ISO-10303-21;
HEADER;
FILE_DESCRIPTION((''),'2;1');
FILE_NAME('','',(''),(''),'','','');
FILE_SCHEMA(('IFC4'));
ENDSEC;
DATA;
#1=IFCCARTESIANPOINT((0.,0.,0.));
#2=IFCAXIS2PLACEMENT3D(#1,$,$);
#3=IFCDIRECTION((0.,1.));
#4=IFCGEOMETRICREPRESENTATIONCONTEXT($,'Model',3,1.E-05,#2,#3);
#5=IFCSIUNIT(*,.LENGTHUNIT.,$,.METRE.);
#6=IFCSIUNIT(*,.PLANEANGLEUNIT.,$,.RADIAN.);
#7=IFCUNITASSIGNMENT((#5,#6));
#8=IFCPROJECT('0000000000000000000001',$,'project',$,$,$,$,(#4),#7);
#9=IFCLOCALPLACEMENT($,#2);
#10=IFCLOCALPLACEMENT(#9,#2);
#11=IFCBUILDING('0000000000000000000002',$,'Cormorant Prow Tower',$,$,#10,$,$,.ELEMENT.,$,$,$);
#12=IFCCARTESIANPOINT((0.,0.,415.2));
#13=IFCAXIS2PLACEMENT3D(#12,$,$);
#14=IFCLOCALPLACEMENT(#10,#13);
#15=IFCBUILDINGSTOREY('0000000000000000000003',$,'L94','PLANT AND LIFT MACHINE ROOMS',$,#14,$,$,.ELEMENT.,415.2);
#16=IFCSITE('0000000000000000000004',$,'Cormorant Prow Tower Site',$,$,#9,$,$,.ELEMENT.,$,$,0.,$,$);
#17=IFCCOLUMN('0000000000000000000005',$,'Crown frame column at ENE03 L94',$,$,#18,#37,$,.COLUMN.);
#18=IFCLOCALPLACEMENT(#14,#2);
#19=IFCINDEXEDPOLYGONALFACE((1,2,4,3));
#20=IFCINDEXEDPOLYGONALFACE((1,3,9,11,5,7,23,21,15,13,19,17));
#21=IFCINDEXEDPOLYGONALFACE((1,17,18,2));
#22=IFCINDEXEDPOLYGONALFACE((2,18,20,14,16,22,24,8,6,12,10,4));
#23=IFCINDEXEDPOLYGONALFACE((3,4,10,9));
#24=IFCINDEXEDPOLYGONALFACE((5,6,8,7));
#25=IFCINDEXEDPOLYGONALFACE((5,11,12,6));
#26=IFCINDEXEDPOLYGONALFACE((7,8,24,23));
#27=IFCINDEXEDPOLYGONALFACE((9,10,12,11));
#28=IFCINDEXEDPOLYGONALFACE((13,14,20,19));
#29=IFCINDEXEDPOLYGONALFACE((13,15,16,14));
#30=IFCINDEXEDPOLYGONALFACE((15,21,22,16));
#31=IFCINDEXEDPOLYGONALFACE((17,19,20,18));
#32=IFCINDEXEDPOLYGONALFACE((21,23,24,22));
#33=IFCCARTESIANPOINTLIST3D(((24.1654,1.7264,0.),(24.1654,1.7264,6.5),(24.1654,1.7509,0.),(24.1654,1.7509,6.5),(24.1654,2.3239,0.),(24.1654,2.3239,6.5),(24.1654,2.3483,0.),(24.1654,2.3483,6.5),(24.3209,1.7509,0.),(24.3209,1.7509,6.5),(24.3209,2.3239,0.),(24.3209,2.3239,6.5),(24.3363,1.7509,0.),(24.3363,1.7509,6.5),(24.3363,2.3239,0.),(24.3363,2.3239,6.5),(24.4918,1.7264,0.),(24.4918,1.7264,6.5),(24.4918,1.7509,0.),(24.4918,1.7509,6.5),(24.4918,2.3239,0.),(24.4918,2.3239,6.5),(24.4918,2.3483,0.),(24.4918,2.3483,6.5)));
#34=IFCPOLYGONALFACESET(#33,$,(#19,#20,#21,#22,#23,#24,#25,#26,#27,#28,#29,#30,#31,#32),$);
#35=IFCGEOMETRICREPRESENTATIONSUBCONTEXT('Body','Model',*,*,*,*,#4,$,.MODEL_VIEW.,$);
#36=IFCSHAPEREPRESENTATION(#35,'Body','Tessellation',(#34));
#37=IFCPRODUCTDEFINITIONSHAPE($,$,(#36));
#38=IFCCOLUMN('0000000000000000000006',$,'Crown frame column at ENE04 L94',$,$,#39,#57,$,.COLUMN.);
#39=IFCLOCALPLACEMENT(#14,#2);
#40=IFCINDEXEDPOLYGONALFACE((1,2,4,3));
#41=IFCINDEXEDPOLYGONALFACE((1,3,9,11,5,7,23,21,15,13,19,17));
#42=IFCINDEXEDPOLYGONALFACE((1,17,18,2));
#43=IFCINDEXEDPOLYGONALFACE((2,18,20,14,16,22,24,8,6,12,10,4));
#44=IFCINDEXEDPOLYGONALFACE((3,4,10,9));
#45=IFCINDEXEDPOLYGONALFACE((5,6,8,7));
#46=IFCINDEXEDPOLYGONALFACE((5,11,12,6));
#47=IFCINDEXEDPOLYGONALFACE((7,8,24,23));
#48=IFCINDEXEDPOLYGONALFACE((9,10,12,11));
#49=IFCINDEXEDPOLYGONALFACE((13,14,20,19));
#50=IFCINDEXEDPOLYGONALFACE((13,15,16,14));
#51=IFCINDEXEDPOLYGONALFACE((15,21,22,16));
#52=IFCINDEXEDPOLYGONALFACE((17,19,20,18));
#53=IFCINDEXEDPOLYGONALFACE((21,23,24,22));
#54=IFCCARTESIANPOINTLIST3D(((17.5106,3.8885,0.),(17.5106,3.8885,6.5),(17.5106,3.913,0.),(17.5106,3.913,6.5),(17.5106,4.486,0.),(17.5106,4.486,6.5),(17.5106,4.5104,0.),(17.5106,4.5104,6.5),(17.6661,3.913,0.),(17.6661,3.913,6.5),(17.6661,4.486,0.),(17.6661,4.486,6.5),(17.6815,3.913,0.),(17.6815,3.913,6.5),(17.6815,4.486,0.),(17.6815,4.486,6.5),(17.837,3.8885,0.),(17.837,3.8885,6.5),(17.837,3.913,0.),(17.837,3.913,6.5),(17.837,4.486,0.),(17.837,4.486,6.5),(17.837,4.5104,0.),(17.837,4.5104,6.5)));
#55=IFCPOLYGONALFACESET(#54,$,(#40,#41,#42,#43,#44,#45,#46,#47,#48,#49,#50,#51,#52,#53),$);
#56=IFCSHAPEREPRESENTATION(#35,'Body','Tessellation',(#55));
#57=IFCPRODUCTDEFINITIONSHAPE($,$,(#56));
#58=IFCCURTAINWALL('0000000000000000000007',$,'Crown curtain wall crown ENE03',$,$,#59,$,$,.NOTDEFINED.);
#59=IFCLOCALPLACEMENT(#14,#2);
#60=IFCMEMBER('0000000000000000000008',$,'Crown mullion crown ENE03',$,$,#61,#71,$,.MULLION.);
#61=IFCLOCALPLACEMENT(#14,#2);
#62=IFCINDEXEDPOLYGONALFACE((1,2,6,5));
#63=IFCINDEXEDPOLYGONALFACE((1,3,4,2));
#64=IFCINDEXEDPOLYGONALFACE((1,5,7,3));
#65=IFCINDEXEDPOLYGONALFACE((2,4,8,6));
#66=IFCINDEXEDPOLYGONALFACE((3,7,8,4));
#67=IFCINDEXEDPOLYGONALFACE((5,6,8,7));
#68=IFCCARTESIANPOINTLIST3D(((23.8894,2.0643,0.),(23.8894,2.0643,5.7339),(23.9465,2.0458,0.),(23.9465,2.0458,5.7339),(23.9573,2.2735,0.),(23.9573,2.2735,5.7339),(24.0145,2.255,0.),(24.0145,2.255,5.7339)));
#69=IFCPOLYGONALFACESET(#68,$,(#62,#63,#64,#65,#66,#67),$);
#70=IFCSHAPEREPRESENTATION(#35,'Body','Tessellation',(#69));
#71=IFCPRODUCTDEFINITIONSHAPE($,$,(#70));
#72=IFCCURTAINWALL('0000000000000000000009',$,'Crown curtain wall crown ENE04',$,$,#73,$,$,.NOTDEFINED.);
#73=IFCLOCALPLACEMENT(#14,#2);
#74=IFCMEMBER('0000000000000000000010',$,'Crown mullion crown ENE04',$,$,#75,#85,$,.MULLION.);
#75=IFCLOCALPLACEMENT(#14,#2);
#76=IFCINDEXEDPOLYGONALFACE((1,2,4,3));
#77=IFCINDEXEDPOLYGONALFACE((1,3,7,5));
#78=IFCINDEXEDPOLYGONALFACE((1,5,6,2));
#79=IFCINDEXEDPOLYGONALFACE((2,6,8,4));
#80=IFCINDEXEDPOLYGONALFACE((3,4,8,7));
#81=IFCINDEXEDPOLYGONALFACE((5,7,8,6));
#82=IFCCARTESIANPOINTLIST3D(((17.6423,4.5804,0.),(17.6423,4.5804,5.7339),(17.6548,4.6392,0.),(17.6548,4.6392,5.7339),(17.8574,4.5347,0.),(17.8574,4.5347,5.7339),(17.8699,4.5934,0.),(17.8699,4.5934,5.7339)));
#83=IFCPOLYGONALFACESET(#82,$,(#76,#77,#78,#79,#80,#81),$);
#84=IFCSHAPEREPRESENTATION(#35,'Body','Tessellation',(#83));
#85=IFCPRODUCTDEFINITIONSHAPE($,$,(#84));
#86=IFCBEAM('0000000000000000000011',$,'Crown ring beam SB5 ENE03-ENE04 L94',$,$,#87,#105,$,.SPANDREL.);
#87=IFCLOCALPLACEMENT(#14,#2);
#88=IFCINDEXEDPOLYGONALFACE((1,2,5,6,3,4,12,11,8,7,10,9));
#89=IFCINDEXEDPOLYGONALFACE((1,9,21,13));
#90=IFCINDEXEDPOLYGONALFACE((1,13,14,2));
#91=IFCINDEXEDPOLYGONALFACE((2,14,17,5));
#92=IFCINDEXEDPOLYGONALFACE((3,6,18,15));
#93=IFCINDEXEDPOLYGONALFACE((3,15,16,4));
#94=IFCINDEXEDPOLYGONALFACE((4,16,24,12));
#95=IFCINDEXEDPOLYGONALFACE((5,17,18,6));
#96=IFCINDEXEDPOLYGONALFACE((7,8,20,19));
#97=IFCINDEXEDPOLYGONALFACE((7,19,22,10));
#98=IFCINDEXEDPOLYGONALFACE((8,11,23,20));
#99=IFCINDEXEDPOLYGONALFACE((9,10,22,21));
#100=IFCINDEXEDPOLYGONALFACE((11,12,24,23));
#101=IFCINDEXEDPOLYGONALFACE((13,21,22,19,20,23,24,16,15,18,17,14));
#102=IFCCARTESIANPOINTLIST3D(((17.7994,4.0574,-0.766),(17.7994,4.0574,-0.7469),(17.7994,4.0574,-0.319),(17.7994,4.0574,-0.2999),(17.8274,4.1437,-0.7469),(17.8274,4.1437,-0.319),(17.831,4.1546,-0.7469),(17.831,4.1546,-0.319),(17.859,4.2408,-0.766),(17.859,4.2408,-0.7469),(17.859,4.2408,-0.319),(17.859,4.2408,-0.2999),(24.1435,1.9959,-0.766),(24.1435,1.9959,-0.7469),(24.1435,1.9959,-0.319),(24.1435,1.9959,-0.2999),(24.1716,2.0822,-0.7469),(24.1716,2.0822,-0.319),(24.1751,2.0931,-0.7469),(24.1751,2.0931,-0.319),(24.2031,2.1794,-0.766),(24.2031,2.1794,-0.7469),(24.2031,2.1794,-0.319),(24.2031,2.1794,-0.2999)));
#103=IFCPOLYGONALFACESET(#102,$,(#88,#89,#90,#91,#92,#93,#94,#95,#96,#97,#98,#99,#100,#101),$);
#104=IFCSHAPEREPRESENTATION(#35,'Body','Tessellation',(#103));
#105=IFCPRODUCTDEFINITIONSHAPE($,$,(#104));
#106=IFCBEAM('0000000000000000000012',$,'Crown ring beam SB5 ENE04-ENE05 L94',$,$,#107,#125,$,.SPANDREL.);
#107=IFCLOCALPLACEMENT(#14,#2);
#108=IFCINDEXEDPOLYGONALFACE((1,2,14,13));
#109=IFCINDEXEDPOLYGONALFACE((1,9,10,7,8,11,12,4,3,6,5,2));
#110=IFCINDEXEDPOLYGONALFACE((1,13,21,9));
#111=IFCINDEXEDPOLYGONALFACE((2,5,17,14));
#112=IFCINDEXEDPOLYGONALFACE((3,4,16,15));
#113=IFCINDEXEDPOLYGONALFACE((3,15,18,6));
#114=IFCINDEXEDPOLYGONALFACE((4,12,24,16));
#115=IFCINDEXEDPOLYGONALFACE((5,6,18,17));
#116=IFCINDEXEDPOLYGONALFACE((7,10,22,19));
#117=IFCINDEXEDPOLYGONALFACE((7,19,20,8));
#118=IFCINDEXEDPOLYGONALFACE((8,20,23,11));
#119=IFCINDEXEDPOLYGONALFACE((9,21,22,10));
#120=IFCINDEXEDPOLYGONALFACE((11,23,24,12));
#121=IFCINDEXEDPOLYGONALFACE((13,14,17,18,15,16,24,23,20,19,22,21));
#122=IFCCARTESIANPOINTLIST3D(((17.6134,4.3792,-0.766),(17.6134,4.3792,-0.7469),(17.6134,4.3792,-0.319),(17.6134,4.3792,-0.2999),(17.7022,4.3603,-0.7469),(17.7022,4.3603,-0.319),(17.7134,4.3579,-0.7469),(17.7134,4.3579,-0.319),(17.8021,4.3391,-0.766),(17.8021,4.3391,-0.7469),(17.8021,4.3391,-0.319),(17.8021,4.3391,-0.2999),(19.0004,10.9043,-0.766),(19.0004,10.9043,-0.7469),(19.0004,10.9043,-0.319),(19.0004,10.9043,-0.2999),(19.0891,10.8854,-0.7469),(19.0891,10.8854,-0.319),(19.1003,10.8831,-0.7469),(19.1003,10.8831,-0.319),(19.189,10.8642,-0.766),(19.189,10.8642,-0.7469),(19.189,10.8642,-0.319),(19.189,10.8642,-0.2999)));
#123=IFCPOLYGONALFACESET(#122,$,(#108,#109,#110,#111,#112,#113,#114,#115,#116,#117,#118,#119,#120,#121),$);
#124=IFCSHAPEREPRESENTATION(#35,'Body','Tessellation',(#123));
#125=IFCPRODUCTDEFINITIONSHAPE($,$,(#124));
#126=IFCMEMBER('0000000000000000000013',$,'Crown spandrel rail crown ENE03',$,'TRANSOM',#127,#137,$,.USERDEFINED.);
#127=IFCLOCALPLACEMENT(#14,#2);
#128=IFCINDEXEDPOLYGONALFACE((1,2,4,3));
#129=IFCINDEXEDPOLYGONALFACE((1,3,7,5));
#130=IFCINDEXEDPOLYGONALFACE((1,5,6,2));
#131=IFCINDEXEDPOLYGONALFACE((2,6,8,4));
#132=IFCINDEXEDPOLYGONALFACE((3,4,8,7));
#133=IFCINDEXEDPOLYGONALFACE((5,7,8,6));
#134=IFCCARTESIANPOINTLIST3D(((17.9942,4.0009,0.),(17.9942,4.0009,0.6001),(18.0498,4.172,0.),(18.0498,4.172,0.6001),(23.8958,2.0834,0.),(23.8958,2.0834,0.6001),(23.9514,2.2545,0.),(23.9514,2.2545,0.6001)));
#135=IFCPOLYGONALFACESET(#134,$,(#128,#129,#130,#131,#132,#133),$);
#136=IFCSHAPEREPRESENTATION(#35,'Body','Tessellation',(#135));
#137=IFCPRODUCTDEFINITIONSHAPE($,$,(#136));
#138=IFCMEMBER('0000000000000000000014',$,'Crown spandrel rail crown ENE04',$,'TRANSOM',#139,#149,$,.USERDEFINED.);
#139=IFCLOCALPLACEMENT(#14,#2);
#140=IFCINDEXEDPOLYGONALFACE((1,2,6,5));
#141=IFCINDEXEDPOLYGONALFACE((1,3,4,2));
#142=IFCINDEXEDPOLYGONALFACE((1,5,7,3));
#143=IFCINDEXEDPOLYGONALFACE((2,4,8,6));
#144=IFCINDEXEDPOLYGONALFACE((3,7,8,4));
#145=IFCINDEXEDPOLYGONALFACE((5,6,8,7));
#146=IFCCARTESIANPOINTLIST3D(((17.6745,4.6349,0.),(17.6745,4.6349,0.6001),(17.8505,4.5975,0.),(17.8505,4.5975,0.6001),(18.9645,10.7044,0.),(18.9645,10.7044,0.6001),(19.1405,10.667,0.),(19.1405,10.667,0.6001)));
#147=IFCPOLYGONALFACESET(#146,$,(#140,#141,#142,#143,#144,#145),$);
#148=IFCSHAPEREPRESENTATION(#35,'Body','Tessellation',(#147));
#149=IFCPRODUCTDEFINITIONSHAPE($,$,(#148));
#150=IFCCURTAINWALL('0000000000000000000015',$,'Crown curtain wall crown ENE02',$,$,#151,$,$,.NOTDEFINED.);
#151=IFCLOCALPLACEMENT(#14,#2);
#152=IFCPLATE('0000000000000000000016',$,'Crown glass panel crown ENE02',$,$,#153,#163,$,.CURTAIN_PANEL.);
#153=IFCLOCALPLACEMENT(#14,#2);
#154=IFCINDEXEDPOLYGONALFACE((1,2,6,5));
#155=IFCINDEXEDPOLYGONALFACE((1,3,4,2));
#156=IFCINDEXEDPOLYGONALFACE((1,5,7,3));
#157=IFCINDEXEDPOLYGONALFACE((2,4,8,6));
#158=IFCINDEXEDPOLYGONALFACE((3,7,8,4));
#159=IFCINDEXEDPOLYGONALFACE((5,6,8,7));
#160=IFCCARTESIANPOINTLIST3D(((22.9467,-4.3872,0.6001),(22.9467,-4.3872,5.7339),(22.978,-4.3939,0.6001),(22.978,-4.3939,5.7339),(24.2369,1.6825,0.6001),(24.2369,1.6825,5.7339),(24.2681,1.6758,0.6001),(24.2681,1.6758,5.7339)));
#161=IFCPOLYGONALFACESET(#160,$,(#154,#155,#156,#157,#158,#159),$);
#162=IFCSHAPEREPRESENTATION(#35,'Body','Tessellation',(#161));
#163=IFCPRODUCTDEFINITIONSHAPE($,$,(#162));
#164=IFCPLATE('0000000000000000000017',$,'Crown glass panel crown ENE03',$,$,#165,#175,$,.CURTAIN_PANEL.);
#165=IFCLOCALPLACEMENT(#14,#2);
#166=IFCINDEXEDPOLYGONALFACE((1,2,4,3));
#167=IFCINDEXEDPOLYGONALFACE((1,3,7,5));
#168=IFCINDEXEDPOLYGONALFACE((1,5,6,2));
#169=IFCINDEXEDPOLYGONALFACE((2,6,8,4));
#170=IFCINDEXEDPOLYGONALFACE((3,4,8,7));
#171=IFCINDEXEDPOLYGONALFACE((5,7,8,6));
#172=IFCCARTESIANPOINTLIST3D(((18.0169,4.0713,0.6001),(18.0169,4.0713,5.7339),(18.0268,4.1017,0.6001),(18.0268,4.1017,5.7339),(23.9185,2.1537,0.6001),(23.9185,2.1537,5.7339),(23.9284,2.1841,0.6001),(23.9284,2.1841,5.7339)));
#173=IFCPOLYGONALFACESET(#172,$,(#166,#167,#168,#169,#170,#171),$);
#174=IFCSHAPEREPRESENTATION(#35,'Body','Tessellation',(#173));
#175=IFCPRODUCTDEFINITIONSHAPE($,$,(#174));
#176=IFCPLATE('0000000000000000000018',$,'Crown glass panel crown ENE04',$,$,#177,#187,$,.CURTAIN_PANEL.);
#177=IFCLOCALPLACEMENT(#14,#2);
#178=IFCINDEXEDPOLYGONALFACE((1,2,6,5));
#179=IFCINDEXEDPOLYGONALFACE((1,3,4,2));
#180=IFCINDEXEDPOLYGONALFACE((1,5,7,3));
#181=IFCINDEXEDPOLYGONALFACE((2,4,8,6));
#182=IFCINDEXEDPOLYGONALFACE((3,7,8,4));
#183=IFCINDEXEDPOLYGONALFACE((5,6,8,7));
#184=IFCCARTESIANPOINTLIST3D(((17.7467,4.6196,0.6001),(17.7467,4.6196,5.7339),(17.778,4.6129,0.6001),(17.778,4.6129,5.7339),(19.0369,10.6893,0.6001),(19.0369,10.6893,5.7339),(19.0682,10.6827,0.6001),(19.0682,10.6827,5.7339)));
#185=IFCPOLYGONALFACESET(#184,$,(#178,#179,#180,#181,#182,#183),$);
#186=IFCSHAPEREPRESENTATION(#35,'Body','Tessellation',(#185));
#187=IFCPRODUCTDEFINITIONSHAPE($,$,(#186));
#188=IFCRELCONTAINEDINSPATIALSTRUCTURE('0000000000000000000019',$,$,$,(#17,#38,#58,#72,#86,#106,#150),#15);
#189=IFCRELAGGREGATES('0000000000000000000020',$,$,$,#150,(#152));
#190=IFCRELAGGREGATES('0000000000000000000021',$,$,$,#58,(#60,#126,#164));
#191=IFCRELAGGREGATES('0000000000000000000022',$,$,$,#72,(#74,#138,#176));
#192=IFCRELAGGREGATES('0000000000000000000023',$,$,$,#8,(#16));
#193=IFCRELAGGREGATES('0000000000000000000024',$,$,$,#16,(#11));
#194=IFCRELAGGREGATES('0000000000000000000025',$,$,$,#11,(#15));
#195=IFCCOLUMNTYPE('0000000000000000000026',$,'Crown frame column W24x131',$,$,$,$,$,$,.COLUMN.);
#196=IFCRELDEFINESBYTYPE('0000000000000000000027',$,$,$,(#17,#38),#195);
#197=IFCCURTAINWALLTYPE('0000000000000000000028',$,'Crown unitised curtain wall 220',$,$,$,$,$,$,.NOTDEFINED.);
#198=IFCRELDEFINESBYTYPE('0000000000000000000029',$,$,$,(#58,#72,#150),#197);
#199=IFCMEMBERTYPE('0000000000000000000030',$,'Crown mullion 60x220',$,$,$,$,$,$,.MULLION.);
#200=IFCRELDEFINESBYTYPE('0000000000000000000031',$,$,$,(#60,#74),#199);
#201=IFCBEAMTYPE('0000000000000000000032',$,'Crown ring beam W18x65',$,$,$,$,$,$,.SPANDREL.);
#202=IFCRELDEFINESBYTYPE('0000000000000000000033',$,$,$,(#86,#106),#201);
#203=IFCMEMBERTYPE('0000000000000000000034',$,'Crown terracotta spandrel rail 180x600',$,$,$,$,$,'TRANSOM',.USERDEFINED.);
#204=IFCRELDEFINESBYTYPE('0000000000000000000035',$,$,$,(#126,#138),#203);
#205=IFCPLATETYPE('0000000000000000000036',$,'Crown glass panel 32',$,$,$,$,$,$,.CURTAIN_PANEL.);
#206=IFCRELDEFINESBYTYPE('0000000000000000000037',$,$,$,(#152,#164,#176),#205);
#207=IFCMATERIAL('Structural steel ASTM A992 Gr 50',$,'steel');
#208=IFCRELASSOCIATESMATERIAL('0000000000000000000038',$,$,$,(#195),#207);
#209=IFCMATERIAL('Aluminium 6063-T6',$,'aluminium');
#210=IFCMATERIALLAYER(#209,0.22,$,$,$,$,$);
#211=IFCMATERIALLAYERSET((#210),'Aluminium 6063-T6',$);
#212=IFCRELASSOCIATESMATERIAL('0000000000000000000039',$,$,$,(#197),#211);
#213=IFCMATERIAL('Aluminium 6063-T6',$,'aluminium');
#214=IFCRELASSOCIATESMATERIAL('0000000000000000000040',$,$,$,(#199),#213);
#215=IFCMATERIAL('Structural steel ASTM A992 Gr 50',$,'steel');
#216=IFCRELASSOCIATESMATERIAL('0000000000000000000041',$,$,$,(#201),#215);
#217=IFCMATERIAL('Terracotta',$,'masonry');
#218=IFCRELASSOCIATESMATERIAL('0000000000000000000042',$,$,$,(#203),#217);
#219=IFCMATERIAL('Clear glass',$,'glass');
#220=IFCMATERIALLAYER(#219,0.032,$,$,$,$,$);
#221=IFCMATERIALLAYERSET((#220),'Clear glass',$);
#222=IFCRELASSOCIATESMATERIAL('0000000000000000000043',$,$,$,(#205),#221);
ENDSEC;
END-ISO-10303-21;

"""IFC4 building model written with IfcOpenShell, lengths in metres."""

from ifc_helpers import new_model, si_unit, direction, frame, origin, origin_2d, place, context, subcontext, project, spatial, rectangle, i_section, extrude, material, layer, layer_set, material_profile, profile_set, type_object, element, aggregate, save


model = new_model("IFC4")

# Units and contexts
model_context = context("Model", 3, precision=1e-05, world=origin(), true_north=direction((0.0, 1.0)))
body_context = subcontext(model_context, "Body", "Model", "MODEL_VIEW")
ifc_project = project(units=[si_unit("LENGTHUNIT", "METRE"), si_unit("PLANEANGLEUNIT", "RADIAN")], contexts=[model_context])

# Site, building, storey
site_placement = place(None, origin())
site = spatial("IfcSite", under=ifc_project, at=site_placement, Name="Cormorant Prow Tower Site", CompositionType="ELEMENT", RefElevation=0.0)
building_placement = place(site_placement, origin())
building = spatial("IfcBuilding", under=site, at=building_placement, Name="Cormorant Prow Tower", CompositionType="ELEMENT")
storey_placement = place(building_placement, frame((0.0, 0.0, 415.2)))
storey = spatial("IfcBuildingStorey", under=building, at=storey_placement, Name="L94", Description="PLANT AND LIFT MACHINE ROOMS", CompositionType="ELEMENT", Elevation=415.2)

# Columns
ifc_material_1 = material(Name="Structural steel ASTM A992 Gr 50", Category="steel")
ifc_material_profile_1 = material_profile(ifc_material_1, i_section(OverallWidth=0.3264, OverallDepth=0.6218, WebThickness=0.0154, FlangeThickness=0.0244, at=origin_2d()), Name="W24x131")
ifc_profile_set_1 = profile_set([ifc_material_profile_1], Name="Structural steel ASTM A992 Gr 50")
column_type = type_object("IfcColumnType", Name="Crown frame column W24x131", PredefinedType="COLUMN", material=ifc_profile_set_1)
for number, where, z_axis, x_axis, name in (
    (1, (24.3286, 2.0374, 0.0), (0.0, 0.0, 1.0), (1.0, 0.0, 0.0), "Crown frame column at ENE03 L94"),
    (2, (17.6738, 4.1995, 0.0), (0.0, 0.0, 1.0), (1.0, 0.0, 0.0), "Crown frame column at ENE04 L94"),
):
    element("IfcColumn", number, at=place(storey_placement, frame(where, z_axis=z_axis, x_axis=x_axis)), inside=storey, type_object=column_type, Name=name, PredefinedType="COLUMN", context=body_context, shape_type="SweptSolid", body=[
        extrude(i_section(OverallWidth=0.3264, OverallDepth=0.6218, WebThickness=0.0154, FlangeThickness=0.0244, at=origin_2d()), origin(), (0.0, 0.0, 1.0), 6.5),
    ])

# Curtain walls, members
ifc_material_2 = material(Name="Aluminium 6063-T6", Category="aluminium")
ifc_layer_1 = layer(ifc_material_2, 0.22)
ifc_layer_set_1 = layer_set([ifc_layer_1], Name="Aluminium 6063-T6")
curtain_wall_type = type_object("IfcCurtainWallType", Name="Crown unitised curtain wall 220", PredefinedType="NOTDEFINED", material=ifc_layer_set_1)
curtain_wall_1_placement = place(storey_placement, origin())
curtain_wall_1 = element("IfcCurtainWall", 3, at=curtain_wall_1_placement, inside=storey, type_object=curtain_wall_type, Name="Crown curtain wall crown ENE03", PredefinedType="NOTDEFINED")
ifc_material_3 = material(Name="Aluminium 6063-T6", Category="aluminium")
ifc_material_profile_2 = material_profile(ifc_material_3, rectangle(XDim=0.22, YDim=0.0601, at=origin_2d()), Name="Crown mullion 60x220")
ifc_profile_set_2 = profile_set([ifc_material_profile_2], Name="Aluminium 6063-T6")
member_type_1 = type_object("IfcMemberType", Name="Crown mullion 60x220", PredefinedType="MULLION", material=ifc_profile_set_2)
member_1_placement = place(storey_placement, frame((23.9519, 2.1597, 0.0), z_axis=(0.0, 0.0, 1.0), x_axis=(-0.309017, -0.951056, 0.0)))
member_1 = element("IfcMember", 4, at=member_1_placement, type_object=member_type_1, Name="Crown mullion crown ENE03", PredefinedType="MULLION", context=body_context, shape_type="SweptSolid", body=[
    extrude(rectangle(XDim=0.22, YDim=0.0601, at=origin_2d()), origin(), (0.0, 0.0, 1.0), 5.7339),
])
curtain_wall_2_placement = place(storey_placement, origin())
curtain_wall_2 = element("IfcCurtainWall", 5, at=curtain_wall_2_placement, inside=storey, type_object=curtain_wall_type, Name="Crown curtain wall crown ENE04", PredefinedType="NOTDEFINED")
member_2_placement = place(storey_placement, frame((17.7561, 4.5869, 0.0), z_axis=(0.0, 0.0, 1.0), x_axis=(-0.978148, 0.207912, 0.0)))
member_2 = element("IfcMember", 6, at=member_2_placement, type_object=member_type_1, Name="Crown mullion crown ENE04", PredefinedType="MULLION", context=body_context, shape_type="SweptSolid", body=[
    extrude(rectangle(XDim=0.22, YDim=0.0601, at=origin_2d()), origin(), (0.0, 0.0, 1.0), 5.7339),
])

# Beams
ifc_material_4 = material(Name="Structural steel ASTM A992 Gr 50", Category="steel")
ifc_material_profile_3 = material_profile(ifc_material_4, i_section(OverallWidth=0.1929, OverallDepth=0.4661, WebThickness=0.0115, FlangeThickness=0.019, at=origin_2d()), Name="W18x65")
ifc_profile_set_3 = profile_set([ifc_material_profile_3], Name="Structural steel ASTM A992 Gr 50")
beam_type = type_object("IfcBeamType", Name="Crown ring beam W18x65", PredefinedType="SPANDREL", material=ifc_profile_set_3)
beam_1_placement = place(storey_placement, frame((24.1733, 2.0876, -0.533), z_axis=(-0.95105, 0.309038, 0.0), x_axis=(-0.309038, -0.95105, 0.0)))
element("IfcBeam", 7, at=beam_1_placement, inside=storey, type_object=beam_type, Name="Crown ring beam SB5 ENE03-ENE04 L94", PredefinedType="SPANDREL", context=body_context, shape_type="SweptSolid", body=[
    extrude(i_section(OverallWidth=0.1929, OverallDepth=0.4661, WebThickness=0.0115, FlangeThickness=0.019, at=origin_2d()), origin(), (0.0, 0.0, 1.0), 6.6707),
])
beam_2_placement = place(storey_placement, frame((17.7078, 4.3591, -0.533), z_axis=(0.207912, 0.978148, 0.0), x_axis=(-0.978148, 0.207912, 0.0)))
element("IfcBeam", 8, at=beam_2_placement, inside=storey, type_object=beam_type, Name="Crown ring beam SB5 ENE04-ENE05 L94", PredefinedType="SPANDREL", context=body_context, shape_type="SweptSolid", body=[
    extrude(i_section(OverallWidth=0.1929, OverallDepth=0.4661, WebThickness=0.0115, FlangeThickness=0.019, at=origin_2d()), origin(), (0.0, 0.0, 1.0), 6.6709),
])

# Members
ifc_material_5 = material(Name="Terracotta", Category="masonry")
ifc_material_profile_4 = material_profile(ifc_material_5, rectangle(XDim=0.1799, YDim=0.6001, at=origin_2d()), Name="Crown terracotta spandrel rail 180x600")
ifc_profile_set_4 = profile_set([ifc_material_profile_4], Name="Terracotta")
member_type_2 = type_object("IfcMemberType", Name="Crown terracotta spandrel rail 180x600", ElementType="TRANSOM", PredefinedType="USERDEFINED", material=ifc_profile_set_4)
member_3_placement = place(storey_placement, frame((23.9236, 2.1689, 0.3), z_axis=(-0.95106, 0.309007, 0.0), x_axis=(-0.309007, -0.95106, 0.0)))
member_3 = element("IfcMember", 9, at=member_3_placement, type_object=member_type_2, Name="Crown spandrel rail crown ENE03", ObjectType="TRANSOM", PredefinedType="USERDEFINED", context=body_context, shape_type="SweptSolid", body=[
    extrude(rectangle(XDim=0.1799, YDim=0.6001, at=origin_2d()), origin(), (0.0, 0.0, 1.0), 6.2053),
])
member_4_placement = place(storey_placement, frame((17.7625, 4.6162, 0.3), z_axis=(0.207898, 0.978151, 0.0), x_axis=(-0.978151, 0.207898, 0.0)))
member_4 = element("IfcMember", 10, at=member_4_placement, type_object=member_type_2, Name="Crown spandrel rail crown ENE04", ObjectType="TRANSOM", PredefinedType="USERDEFINED", context=body_context, shape_type="SweptSolid", body=[
    extrude(rectangle(XDim=0.1799, YDim=0.6001, at=origin_2d()), origin(), (0.0, 0.0, 1.0), 6.2051),
])

# Curtain wall, plate
curtain_wall_3_placement = place(storey_placement, origin())
curtain_wall_3 = element("IfcCurtainWall", 11, at=curtain_wall_3_placement, inside=storey, type_object=curtain_wall_type, Name="Crown curtain wall crown ENE02", PredefinedType="NOTDEFINED")
ifc_material_6 = material(Name="Clear glass", Category="glass")
ifc_layer_2 = layer(ifc_material_6, 0.032)
ifc_layer_set_2 = layer_set([ifc_layer_2], Name="Clear glass")
plate_type = type_object("IfcPlateType", Name="Crown glass panel 32", PredefinedType="CURTAIN_PANEL", material=ifc_layer_set_2)
plate_1_placement = place(storey_placement, frame((23.6074, -1.3557, 0.6001), z_axis=(0.0, 0.0, 1.0), x_axis=(0.207912, 0.978148, 0.0)))
plate_1 = element("IfcPlate", 12, at=plate_1_placement, type_object=plate_type, Name="Crown glass panel crown ENE02", PredefinedType="CURTAIN_PANEL", context=body_context, shape_type="SweptSolid", body=[
    extrude(rectangle(XDim=6.2053, YDim=0.032, at=origin_2d()), origin(), (0.0, 0.0, 1.0), 5.1338),
])
aggregate(curtain_wall_3, [plate_1])

# Plates
plate_2_placement = place(storey_placement, frame((20.9727, 3.1277, 0.6001), z_axis=(0.0, 0.0, 1.0), x_axis=(-0.951056, 0.309017, 0.0)))
plate_2 = element("IfcPlate", 13, at=plate_2_placement, type_object=plate_type, Name="Crown glass panel crown ENE03", PredefinedType="CURTAIN_PANEL", context=body_context, shape_type="SweptSolid", body=[
    extrude(rectangle(XDim=6.2053, YDim=0.032, at=origin_2d()), origin(), (0.0, 0.0, 1.0), 5.1338),
])
aggregate(curtain_wall_1, [member_1, member_3, plate_2])
plate_3_placement = place(storey_placement, frame((18.4075, 7.6511, 0.6001), z_axis=(0.0, 0.0, 1.0), x_axis=(0.207912, 0.978148, 0.0)))
plate_3 = element("IfcPlate", 14, at=plate_3_placement, type_object=plate_type, Name="Crown glass panel crown ENE04", PredefinedType="CURTAIN_PANEL", context=body_context, shape_type="SweptSolid", body=[
    extrude(rectangle(XDim=6.2053, YDim=0.032, at=origin_2d()), origin(), (0.0, 0.0, 1.0), 5.1338),
])
aggregate(curtain_wall_2, [member_2, member_4, plate_3])

save(model, "model.ifc")
